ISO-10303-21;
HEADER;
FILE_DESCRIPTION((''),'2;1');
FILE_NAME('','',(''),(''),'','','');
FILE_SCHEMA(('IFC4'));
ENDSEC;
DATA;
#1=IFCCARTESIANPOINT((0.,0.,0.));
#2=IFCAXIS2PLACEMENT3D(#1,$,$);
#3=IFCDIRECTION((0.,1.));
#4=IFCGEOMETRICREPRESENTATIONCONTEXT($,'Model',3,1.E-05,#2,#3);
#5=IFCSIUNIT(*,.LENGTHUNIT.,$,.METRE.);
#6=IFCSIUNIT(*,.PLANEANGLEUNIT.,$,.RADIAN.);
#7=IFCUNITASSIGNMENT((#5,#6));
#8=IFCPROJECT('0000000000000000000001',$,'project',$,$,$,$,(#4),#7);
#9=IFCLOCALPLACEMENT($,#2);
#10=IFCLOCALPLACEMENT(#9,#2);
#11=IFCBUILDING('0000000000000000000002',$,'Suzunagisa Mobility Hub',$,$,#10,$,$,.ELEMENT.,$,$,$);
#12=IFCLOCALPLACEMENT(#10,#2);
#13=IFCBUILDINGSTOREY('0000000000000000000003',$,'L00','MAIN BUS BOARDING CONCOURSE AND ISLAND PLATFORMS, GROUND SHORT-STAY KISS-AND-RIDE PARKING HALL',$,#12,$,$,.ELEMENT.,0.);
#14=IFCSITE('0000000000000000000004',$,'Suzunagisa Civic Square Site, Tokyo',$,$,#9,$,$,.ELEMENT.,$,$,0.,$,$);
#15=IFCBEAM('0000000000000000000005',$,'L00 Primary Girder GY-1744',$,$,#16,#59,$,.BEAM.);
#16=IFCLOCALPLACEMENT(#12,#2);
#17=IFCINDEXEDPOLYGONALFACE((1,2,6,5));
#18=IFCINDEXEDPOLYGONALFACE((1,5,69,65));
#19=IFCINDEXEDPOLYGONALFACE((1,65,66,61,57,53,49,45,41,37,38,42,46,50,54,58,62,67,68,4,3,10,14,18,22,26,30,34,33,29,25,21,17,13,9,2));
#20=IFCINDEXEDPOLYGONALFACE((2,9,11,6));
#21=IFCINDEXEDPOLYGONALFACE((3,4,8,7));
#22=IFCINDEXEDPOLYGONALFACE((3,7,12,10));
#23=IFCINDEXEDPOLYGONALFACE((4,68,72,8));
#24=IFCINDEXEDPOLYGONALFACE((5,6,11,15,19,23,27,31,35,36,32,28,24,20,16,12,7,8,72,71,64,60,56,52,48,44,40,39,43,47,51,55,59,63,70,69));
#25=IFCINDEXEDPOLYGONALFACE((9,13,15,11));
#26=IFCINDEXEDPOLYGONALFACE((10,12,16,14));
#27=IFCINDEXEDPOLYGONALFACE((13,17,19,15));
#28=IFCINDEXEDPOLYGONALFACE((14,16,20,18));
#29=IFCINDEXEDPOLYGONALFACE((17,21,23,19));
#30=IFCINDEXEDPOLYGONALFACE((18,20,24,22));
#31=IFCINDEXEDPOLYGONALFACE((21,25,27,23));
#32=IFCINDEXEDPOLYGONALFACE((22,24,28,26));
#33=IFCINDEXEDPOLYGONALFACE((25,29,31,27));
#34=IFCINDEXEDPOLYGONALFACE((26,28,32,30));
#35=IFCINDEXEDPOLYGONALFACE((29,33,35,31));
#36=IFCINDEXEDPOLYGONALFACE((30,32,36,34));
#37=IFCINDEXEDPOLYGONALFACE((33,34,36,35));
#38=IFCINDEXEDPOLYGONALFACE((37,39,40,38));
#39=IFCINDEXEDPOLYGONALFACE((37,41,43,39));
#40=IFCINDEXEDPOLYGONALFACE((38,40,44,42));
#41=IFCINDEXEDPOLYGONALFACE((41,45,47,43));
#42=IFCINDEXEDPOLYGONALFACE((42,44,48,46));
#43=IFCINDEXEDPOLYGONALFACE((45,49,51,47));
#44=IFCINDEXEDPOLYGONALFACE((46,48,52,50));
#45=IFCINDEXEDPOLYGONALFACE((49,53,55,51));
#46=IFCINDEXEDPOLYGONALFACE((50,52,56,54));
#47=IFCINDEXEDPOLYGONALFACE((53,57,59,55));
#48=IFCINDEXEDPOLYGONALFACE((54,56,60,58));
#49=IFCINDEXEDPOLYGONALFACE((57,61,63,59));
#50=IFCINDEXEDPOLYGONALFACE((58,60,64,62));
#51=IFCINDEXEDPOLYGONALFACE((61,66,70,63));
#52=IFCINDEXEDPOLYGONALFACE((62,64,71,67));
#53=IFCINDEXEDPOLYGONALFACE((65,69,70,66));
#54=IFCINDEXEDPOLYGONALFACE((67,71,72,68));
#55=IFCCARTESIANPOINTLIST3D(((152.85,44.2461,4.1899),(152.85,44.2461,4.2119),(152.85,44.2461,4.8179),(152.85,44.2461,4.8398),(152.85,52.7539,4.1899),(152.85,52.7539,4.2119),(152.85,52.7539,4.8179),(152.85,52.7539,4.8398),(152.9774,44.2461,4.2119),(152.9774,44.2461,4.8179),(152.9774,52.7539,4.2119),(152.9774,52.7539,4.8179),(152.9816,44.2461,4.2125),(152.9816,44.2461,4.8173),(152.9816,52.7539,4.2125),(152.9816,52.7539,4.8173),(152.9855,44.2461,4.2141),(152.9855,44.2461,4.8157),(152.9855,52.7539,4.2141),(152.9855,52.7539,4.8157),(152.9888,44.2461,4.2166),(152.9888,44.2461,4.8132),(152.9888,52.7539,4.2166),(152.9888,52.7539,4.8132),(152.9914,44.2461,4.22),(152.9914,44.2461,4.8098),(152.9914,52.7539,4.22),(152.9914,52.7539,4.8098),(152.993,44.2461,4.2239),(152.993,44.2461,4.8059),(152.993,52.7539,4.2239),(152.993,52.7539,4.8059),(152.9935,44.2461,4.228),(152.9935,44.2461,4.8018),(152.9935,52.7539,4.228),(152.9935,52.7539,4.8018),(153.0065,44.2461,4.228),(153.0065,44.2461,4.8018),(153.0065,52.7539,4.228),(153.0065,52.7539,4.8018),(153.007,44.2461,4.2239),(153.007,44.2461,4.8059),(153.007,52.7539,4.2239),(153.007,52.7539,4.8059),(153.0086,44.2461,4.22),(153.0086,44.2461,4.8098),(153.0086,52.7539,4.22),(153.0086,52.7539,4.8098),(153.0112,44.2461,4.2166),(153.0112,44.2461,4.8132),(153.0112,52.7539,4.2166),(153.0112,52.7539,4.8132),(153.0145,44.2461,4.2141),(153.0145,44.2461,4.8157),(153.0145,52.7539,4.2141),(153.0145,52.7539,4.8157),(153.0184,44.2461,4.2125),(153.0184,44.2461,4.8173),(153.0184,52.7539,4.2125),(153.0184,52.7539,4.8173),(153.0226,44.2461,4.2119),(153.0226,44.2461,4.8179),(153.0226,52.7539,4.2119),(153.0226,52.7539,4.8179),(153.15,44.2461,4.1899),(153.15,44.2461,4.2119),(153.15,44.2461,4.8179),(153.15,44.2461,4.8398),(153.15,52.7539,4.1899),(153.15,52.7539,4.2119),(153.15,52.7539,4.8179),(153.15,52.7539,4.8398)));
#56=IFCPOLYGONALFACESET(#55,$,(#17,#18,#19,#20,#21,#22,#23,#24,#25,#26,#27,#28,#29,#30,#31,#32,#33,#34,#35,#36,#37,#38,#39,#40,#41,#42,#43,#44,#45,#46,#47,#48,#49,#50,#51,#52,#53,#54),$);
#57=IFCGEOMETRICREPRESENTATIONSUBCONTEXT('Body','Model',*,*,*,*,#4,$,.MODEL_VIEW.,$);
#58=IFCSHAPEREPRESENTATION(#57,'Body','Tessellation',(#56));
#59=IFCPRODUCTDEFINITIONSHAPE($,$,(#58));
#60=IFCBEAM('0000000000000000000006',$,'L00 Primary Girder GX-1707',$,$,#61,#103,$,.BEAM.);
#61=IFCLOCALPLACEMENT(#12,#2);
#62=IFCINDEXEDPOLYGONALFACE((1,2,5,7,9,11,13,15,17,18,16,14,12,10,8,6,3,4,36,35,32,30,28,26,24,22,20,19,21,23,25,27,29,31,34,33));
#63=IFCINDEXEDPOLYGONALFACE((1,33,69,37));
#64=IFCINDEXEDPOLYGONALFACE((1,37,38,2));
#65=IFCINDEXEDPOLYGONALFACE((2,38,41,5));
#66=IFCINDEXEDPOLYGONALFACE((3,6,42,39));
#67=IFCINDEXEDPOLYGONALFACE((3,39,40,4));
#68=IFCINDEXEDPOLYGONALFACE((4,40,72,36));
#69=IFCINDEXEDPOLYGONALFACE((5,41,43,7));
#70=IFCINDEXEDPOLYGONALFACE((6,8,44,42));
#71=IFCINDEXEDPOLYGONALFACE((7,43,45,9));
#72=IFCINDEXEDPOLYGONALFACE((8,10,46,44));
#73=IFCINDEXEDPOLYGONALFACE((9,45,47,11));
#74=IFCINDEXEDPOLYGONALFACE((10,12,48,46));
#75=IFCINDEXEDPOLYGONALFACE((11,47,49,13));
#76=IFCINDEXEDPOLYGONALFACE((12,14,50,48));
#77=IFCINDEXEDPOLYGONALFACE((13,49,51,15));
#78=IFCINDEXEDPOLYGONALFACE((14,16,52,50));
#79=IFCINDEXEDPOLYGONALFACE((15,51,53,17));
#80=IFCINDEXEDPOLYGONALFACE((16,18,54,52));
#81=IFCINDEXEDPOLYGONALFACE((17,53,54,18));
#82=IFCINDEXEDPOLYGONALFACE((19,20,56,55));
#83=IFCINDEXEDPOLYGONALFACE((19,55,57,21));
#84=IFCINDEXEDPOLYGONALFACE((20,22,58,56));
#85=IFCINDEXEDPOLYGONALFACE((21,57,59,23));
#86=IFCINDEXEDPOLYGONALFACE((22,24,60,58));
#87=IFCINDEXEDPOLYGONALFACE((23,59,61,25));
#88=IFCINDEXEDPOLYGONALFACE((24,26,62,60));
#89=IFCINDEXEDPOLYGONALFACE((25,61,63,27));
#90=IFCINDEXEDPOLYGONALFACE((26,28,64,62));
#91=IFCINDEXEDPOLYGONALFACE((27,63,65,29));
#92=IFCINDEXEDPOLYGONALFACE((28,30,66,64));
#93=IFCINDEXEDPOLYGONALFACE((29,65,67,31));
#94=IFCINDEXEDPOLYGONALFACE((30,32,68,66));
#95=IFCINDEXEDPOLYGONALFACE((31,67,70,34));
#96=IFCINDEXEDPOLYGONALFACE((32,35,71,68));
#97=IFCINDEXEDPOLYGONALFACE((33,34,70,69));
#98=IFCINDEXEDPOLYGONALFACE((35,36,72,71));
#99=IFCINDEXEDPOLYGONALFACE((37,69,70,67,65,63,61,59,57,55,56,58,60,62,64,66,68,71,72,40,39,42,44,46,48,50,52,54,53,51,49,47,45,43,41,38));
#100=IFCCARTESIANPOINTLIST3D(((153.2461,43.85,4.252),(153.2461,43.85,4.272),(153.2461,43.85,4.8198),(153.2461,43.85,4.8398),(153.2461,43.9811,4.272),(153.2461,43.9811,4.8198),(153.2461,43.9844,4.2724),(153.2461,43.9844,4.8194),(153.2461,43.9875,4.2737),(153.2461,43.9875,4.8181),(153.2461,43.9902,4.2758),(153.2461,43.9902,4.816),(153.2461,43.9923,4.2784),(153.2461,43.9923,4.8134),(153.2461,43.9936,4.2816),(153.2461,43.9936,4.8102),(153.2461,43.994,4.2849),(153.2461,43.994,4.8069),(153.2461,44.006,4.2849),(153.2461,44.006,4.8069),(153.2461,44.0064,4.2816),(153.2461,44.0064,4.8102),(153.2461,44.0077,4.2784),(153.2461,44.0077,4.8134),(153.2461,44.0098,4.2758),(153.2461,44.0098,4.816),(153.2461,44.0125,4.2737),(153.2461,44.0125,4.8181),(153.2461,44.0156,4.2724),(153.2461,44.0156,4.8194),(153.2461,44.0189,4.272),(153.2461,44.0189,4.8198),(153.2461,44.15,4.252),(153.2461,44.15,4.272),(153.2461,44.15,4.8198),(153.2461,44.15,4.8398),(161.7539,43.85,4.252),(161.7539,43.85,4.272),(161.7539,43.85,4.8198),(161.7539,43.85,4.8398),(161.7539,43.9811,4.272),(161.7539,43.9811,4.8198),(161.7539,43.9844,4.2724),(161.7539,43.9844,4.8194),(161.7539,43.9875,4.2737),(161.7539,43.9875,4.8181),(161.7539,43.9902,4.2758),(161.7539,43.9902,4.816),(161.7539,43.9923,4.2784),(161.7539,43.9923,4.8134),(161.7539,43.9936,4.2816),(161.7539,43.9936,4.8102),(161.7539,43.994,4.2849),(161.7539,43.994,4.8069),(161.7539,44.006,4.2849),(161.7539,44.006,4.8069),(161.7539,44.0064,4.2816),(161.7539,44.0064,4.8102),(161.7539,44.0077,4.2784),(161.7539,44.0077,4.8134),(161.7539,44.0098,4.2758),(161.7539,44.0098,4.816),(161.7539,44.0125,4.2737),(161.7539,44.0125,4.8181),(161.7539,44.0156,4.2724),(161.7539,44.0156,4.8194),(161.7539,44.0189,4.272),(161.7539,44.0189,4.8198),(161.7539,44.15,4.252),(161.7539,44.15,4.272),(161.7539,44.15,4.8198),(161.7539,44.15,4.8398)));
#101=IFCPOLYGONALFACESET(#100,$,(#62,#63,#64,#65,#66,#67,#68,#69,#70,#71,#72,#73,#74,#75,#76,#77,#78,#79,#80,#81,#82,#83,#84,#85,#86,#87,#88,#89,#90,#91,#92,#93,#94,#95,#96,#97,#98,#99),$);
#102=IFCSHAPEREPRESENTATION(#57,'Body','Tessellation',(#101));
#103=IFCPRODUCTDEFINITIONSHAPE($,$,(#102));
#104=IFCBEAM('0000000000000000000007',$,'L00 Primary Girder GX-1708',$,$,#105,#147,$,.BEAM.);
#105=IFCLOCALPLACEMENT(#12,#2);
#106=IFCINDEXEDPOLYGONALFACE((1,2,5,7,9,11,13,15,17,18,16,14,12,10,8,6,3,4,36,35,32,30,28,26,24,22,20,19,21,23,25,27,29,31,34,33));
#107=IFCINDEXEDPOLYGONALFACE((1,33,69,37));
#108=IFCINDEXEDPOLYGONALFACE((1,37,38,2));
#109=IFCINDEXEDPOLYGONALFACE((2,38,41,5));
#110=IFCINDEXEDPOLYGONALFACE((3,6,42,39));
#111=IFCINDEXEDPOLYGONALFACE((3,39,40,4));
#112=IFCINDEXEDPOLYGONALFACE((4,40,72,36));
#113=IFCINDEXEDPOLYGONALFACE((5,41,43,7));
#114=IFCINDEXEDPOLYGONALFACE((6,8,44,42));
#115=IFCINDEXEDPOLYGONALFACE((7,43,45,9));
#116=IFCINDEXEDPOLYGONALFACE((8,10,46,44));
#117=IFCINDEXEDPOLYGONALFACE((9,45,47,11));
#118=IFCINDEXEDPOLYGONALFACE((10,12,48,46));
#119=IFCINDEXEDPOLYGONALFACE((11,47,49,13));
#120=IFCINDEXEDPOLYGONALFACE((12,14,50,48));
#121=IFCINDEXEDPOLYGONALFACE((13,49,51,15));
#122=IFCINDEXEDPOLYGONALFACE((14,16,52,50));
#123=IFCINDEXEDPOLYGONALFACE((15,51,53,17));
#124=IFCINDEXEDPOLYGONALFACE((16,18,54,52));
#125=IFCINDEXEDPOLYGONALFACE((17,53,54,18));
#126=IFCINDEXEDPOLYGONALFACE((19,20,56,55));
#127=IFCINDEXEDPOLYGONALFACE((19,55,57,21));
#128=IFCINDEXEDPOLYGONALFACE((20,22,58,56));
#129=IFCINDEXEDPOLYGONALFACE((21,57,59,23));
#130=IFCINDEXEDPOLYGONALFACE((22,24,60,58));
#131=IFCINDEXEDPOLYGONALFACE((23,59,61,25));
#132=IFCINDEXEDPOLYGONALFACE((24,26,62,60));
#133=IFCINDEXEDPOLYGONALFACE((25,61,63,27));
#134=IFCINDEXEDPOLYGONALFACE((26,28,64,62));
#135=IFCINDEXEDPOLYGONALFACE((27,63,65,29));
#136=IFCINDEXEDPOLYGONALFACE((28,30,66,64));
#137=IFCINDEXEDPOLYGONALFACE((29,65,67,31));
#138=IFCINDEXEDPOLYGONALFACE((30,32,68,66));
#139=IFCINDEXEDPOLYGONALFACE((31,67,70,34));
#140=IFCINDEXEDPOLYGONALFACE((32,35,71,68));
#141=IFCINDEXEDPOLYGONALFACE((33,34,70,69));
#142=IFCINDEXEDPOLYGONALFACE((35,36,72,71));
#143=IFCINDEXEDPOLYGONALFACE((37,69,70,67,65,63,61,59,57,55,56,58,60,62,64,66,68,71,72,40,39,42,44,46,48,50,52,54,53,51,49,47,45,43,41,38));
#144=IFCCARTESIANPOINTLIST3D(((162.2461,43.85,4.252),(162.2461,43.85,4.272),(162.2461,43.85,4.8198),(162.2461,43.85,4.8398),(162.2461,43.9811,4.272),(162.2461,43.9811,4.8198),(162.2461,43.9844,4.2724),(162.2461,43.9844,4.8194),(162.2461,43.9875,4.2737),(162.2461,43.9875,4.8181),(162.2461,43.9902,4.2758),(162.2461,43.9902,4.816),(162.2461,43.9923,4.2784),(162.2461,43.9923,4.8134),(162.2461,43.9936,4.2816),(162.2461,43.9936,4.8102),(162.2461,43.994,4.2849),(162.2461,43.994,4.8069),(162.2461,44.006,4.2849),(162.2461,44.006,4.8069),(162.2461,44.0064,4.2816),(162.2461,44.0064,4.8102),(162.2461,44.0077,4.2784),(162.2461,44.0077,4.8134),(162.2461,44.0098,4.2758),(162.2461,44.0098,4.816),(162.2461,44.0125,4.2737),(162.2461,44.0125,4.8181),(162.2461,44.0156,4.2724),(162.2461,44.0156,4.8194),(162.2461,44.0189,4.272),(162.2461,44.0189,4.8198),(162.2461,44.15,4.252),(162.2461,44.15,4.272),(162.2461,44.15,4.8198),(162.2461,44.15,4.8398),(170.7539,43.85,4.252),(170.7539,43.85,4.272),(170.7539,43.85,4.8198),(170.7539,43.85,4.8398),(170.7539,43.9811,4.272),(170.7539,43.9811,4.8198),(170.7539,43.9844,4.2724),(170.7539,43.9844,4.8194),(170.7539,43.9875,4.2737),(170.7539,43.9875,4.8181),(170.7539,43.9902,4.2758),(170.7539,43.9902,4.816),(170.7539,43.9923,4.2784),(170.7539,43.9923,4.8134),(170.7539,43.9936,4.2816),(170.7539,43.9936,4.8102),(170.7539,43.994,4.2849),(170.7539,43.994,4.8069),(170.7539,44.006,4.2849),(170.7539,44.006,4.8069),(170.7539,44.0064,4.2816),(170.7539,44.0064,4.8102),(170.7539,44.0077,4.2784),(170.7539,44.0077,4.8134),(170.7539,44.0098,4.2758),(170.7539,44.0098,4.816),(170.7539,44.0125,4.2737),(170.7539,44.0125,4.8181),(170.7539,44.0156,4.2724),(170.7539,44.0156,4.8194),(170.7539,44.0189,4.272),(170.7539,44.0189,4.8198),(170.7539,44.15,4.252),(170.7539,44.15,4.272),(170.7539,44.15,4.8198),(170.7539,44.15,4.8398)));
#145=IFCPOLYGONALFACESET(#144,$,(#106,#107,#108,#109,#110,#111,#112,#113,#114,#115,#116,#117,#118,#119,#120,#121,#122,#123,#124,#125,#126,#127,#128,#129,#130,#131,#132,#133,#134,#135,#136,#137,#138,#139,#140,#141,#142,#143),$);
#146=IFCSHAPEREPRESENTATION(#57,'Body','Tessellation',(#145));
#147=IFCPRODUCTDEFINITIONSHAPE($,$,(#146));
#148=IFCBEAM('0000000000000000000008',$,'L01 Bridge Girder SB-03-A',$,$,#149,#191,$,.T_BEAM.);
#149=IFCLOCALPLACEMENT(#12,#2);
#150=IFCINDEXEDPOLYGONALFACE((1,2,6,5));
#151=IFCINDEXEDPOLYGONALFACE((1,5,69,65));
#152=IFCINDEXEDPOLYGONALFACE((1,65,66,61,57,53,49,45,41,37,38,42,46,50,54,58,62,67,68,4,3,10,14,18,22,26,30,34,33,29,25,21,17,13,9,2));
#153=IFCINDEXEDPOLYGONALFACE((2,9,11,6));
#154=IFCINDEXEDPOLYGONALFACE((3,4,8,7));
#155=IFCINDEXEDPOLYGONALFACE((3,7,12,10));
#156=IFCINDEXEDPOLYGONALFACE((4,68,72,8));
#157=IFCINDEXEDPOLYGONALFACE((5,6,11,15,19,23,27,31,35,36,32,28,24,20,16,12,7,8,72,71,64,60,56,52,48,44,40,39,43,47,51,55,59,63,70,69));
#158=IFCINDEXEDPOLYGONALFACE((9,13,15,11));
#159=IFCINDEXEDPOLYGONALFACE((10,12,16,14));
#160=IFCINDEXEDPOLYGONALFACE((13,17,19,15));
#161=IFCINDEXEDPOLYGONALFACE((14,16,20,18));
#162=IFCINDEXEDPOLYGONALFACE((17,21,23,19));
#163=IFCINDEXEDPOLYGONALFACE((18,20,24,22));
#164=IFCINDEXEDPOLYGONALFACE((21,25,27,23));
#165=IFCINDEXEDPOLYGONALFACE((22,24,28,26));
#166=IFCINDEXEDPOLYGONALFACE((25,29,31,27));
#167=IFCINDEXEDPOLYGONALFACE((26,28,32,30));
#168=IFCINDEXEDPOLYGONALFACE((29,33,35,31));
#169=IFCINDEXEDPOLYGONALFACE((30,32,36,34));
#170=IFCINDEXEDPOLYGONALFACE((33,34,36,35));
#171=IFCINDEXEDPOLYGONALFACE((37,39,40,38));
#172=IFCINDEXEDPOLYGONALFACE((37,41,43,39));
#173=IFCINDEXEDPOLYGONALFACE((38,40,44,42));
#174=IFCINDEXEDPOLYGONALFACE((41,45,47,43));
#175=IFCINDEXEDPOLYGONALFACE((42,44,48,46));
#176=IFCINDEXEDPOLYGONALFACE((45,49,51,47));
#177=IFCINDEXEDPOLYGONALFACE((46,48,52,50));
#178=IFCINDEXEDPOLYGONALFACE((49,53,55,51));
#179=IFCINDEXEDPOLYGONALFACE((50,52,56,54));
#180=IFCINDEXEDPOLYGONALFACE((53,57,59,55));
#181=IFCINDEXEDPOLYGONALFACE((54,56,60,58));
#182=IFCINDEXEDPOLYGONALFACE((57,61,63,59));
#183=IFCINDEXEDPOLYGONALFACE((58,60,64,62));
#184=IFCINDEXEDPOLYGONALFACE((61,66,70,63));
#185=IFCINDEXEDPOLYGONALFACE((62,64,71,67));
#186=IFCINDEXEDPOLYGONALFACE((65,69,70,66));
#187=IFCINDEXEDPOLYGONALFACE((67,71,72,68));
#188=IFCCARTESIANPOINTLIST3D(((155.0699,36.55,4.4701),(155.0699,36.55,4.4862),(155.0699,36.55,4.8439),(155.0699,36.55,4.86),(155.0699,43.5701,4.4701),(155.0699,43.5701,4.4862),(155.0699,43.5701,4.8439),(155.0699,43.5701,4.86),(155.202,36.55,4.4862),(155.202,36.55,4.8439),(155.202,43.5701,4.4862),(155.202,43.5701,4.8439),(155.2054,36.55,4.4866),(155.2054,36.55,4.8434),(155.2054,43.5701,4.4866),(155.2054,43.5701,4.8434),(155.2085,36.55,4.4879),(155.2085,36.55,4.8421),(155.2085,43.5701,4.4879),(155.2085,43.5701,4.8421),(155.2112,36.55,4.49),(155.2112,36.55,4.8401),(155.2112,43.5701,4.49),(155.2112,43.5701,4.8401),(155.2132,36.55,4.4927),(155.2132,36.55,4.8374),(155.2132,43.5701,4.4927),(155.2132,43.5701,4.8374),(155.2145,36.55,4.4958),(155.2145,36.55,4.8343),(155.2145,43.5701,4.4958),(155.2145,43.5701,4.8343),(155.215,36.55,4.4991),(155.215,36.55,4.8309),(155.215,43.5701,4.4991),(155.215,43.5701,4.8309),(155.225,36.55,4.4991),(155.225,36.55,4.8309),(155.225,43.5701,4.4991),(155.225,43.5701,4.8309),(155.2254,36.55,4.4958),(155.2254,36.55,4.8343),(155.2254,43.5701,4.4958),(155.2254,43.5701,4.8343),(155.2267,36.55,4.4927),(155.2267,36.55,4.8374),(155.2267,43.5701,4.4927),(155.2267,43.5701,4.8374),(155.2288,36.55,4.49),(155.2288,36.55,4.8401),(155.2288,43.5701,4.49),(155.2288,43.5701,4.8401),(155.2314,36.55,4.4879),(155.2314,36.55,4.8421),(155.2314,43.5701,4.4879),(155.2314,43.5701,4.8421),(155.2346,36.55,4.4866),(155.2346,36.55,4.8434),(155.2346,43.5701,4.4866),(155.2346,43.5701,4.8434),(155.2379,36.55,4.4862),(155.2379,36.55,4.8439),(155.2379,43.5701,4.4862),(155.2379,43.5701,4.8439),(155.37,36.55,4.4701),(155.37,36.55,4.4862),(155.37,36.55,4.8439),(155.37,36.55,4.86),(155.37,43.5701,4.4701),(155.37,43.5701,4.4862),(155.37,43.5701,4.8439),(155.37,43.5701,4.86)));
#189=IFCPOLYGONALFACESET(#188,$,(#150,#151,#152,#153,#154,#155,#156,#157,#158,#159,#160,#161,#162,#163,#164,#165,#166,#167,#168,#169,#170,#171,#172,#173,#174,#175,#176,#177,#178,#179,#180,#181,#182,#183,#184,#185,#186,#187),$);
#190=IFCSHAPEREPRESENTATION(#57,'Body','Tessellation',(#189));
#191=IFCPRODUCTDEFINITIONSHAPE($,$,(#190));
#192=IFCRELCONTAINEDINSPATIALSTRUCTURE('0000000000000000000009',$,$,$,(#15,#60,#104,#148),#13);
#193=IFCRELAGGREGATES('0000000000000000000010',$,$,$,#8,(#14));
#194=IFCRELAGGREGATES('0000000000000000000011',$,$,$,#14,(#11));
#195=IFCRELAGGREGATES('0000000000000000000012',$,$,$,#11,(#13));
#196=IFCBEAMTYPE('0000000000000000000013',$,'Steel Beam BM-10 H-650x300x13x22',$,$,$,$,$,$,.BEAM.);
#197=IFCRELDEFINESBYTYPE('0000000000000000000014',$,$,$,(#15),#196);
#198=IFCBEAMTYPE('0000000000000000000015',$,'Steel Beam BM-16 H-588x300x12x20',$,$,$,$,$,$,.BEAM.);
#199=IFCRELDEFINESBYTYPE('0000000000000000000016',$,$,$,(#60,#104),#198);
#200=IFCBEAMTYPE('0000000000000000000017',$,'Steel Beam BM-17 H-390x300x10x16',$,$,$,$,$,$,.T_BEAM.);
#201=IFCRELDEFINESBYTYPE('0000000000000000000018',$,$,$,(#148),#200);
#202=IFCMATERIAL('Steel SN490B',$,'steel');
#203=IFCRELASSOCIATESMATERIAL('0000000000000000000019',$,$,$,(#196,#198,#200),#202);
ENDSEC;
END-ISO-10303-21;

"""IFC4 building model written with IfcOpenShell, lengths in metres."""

from ifc_helpers import new_model, si_unit, direction, frame, origin, origin_2d, place, context, subcontext, project, spatial, i_section, extrude, material, material_profile, profile_set, type_object, element, save


model = new_model("IFC4")

# Units and contexts
model_context = context("Model", 3, precision=1e-05, world=origin(), true_north=direction((0.0, 1.0)))
body_context = subcontext(model_context, "Body", "Model", "MODEL_VIEW")
ifc_project = project(units=[si_unit("LENGTHUNIT", "METRE"), si_unit("PLANEANGLEUNIT", "RADIAN")], contexts=[model_context])

# Site, building, storey
site_placement = place(None, origin())
site = spatial("IfcSite", under=ifc_project, at=site_placement, Name="Suzunagisa Civic Square Site, Tokyo", CompositionType="ELEMENT", RefElevation=0.0)
building_placement = place(site_placement, origin())
building = spatial("IfcBuilding", under=site, at=building_placement, Name="Suzunagisa Mobility Hub", CompositionType="ELEMENT")
storey_placement = place(building_placement, origin())
storey = spatial("IfcBuildingStorey", under=building, at=storey_placement, Name="L00", Description="MAIN BUS BOARDING CONCOURSE AND ISLAND PLATFORMS, GROUND SHORT-STAY KISS-AND-RIDE PARKING HALL", CompositionType="ELEMENT", Elevation=0.0)

# Shared definitions
ifc_material_1 = material(Name="Steel SN490B", Category="steel")

# Beams
ifc_material_profile_1 = material_profile(ifc_material_1, i_section(OverallWidth=0.3, OverallDepth=0.6499, WebThickness=0.0129, FlangeThickness=0.022, FilletRadius=0.0161, at=origin_2d()), Name="H-650x300x13x22")
ifc_profile_set_1 = profile_set([ifc_material_profile_1], Name="Steel SN490B")
beam_type_1 = type_object("IfcBeamType", Name="Steel Beam BM-10 H-650x300x13x22", PredefinedType="BEAM", material=ifc_profile_set_1)
beam_1_placement = place(storey_placement, frame((153.0, 44.2461, 4.5149), z_axis=(0.0, 1.0, 0.0), x_axis=(-1.0, 0.0, 0.0)))
element("IfcBeam", 1, at=beam_1_placement, inside=storey, type_object=beam_type_1, Name="L00 Primary Girder GY-1744", PredefinedType="BEAM", context=body_context, shape_type="SweptSolid", body=[
    extrude(i_section(OverallWidth=0.3, OverallDepth=0.6499, WebThickness=0.0129, FlangeThickness=0.022, FilletRadius=0.0161, at=origin_2d()), origin(), (0.0, 0.0, 1.0), 8.5078),
])
ifc_material_profile_2 = material_profile(ifc_material_1, i_section(OverallWidth=0.3, OverallDepth=0.5879, WebThickness=0.012, FlangeThickness=0.02, FilletRadius=0.0129, at=origin_2d()), Name="H-588x300x12x20")
ifc_profile_set_2 = profile_set([ifc_material_profile_2], Name="Steel SN490B")
beam_type_2 = type_object("IfcBeamType", Name="Steel Beam BM-16 H-588x300x12x20", PredefinedType="BEAM", material=ifc_profile_set_2)
for number, where, z_axis, x_axis, name in (
    (2, (153.2461, 44.0, 4.5459), (1.0, 0.0, 0.0), (0.0, 1.0, 0.0), "L00 Primary Girder GX-1707"),
    (3, (162.2461, 44.0, 4.5459), (1.0, 0.0, 0.0), (0.0, 1.0, 0.0), "L00 Primary Girder GX-1708"),
):
    element("IfcBeam", number, at=place(storey_placement, frame(where, z_axis=z_axis, x_axis=x_axis)), inside=storey, type_object=beam_type_2, Name=name, PredefinedType="BEAM", context=body_context, shape_type="SweptSolid", body=[
        extrude(i_section(OverallWidth=0.3, OverallDepth=0.5879, WebThickness=0.012, FlangeThickness=0.02, FilletRadius=0.0129, at=origin_2d()), origin(), (0.0, 0.0, 1.0), 8.5078),
    ])
ifc_material_profile_3 = material_profile(ifc_material_1, i_section(OverallWidth=0.3, OverallDepth=0.3899, WebThickness=0.01, FlangeThickness=0.0161, FilletRadius=0.0129, at=origin_2d()), Name="H-390x300x10x16")
ifc_profile_set_3 = profile_set([ifc_material_profile_3], Name="Steel SN490B")
beam_type_3 = type_object("IfcBeamType", Name="Steel Beam BM-17 H-390x300x10x16", PredefinedType="T_BEAM", material=ifc_profile_set_3)
for number, where, z_axis, x_axis, name in (
    (4, (155.22, 36.55, 4.665), (0.0, 1.0, 0.0), (-1.0, 0.0, 0.0), "L01 Bridge Girder SB-03-A"),
):
    element("IfcBeam", number, at=place(storey_placement, frame(where, z_axis=z_axis, x_axis=x_axis)), inside=storey, type_object=beam_type_3, Name=name, PredefinedType="T_BEAM", context=body_context, shape_type="SweptSolid", body=[
        extrude(i_section(OverallWidth=0.3, OverallDepth=0.3899, WebThickness=0.01, FlangeThickness=0.0161, FilletRadius=0.0129, at=origin_2d()), origin(), (0.0, 0.0, 1.0), 7.02),
    ])

save(model, "model.ifc")
